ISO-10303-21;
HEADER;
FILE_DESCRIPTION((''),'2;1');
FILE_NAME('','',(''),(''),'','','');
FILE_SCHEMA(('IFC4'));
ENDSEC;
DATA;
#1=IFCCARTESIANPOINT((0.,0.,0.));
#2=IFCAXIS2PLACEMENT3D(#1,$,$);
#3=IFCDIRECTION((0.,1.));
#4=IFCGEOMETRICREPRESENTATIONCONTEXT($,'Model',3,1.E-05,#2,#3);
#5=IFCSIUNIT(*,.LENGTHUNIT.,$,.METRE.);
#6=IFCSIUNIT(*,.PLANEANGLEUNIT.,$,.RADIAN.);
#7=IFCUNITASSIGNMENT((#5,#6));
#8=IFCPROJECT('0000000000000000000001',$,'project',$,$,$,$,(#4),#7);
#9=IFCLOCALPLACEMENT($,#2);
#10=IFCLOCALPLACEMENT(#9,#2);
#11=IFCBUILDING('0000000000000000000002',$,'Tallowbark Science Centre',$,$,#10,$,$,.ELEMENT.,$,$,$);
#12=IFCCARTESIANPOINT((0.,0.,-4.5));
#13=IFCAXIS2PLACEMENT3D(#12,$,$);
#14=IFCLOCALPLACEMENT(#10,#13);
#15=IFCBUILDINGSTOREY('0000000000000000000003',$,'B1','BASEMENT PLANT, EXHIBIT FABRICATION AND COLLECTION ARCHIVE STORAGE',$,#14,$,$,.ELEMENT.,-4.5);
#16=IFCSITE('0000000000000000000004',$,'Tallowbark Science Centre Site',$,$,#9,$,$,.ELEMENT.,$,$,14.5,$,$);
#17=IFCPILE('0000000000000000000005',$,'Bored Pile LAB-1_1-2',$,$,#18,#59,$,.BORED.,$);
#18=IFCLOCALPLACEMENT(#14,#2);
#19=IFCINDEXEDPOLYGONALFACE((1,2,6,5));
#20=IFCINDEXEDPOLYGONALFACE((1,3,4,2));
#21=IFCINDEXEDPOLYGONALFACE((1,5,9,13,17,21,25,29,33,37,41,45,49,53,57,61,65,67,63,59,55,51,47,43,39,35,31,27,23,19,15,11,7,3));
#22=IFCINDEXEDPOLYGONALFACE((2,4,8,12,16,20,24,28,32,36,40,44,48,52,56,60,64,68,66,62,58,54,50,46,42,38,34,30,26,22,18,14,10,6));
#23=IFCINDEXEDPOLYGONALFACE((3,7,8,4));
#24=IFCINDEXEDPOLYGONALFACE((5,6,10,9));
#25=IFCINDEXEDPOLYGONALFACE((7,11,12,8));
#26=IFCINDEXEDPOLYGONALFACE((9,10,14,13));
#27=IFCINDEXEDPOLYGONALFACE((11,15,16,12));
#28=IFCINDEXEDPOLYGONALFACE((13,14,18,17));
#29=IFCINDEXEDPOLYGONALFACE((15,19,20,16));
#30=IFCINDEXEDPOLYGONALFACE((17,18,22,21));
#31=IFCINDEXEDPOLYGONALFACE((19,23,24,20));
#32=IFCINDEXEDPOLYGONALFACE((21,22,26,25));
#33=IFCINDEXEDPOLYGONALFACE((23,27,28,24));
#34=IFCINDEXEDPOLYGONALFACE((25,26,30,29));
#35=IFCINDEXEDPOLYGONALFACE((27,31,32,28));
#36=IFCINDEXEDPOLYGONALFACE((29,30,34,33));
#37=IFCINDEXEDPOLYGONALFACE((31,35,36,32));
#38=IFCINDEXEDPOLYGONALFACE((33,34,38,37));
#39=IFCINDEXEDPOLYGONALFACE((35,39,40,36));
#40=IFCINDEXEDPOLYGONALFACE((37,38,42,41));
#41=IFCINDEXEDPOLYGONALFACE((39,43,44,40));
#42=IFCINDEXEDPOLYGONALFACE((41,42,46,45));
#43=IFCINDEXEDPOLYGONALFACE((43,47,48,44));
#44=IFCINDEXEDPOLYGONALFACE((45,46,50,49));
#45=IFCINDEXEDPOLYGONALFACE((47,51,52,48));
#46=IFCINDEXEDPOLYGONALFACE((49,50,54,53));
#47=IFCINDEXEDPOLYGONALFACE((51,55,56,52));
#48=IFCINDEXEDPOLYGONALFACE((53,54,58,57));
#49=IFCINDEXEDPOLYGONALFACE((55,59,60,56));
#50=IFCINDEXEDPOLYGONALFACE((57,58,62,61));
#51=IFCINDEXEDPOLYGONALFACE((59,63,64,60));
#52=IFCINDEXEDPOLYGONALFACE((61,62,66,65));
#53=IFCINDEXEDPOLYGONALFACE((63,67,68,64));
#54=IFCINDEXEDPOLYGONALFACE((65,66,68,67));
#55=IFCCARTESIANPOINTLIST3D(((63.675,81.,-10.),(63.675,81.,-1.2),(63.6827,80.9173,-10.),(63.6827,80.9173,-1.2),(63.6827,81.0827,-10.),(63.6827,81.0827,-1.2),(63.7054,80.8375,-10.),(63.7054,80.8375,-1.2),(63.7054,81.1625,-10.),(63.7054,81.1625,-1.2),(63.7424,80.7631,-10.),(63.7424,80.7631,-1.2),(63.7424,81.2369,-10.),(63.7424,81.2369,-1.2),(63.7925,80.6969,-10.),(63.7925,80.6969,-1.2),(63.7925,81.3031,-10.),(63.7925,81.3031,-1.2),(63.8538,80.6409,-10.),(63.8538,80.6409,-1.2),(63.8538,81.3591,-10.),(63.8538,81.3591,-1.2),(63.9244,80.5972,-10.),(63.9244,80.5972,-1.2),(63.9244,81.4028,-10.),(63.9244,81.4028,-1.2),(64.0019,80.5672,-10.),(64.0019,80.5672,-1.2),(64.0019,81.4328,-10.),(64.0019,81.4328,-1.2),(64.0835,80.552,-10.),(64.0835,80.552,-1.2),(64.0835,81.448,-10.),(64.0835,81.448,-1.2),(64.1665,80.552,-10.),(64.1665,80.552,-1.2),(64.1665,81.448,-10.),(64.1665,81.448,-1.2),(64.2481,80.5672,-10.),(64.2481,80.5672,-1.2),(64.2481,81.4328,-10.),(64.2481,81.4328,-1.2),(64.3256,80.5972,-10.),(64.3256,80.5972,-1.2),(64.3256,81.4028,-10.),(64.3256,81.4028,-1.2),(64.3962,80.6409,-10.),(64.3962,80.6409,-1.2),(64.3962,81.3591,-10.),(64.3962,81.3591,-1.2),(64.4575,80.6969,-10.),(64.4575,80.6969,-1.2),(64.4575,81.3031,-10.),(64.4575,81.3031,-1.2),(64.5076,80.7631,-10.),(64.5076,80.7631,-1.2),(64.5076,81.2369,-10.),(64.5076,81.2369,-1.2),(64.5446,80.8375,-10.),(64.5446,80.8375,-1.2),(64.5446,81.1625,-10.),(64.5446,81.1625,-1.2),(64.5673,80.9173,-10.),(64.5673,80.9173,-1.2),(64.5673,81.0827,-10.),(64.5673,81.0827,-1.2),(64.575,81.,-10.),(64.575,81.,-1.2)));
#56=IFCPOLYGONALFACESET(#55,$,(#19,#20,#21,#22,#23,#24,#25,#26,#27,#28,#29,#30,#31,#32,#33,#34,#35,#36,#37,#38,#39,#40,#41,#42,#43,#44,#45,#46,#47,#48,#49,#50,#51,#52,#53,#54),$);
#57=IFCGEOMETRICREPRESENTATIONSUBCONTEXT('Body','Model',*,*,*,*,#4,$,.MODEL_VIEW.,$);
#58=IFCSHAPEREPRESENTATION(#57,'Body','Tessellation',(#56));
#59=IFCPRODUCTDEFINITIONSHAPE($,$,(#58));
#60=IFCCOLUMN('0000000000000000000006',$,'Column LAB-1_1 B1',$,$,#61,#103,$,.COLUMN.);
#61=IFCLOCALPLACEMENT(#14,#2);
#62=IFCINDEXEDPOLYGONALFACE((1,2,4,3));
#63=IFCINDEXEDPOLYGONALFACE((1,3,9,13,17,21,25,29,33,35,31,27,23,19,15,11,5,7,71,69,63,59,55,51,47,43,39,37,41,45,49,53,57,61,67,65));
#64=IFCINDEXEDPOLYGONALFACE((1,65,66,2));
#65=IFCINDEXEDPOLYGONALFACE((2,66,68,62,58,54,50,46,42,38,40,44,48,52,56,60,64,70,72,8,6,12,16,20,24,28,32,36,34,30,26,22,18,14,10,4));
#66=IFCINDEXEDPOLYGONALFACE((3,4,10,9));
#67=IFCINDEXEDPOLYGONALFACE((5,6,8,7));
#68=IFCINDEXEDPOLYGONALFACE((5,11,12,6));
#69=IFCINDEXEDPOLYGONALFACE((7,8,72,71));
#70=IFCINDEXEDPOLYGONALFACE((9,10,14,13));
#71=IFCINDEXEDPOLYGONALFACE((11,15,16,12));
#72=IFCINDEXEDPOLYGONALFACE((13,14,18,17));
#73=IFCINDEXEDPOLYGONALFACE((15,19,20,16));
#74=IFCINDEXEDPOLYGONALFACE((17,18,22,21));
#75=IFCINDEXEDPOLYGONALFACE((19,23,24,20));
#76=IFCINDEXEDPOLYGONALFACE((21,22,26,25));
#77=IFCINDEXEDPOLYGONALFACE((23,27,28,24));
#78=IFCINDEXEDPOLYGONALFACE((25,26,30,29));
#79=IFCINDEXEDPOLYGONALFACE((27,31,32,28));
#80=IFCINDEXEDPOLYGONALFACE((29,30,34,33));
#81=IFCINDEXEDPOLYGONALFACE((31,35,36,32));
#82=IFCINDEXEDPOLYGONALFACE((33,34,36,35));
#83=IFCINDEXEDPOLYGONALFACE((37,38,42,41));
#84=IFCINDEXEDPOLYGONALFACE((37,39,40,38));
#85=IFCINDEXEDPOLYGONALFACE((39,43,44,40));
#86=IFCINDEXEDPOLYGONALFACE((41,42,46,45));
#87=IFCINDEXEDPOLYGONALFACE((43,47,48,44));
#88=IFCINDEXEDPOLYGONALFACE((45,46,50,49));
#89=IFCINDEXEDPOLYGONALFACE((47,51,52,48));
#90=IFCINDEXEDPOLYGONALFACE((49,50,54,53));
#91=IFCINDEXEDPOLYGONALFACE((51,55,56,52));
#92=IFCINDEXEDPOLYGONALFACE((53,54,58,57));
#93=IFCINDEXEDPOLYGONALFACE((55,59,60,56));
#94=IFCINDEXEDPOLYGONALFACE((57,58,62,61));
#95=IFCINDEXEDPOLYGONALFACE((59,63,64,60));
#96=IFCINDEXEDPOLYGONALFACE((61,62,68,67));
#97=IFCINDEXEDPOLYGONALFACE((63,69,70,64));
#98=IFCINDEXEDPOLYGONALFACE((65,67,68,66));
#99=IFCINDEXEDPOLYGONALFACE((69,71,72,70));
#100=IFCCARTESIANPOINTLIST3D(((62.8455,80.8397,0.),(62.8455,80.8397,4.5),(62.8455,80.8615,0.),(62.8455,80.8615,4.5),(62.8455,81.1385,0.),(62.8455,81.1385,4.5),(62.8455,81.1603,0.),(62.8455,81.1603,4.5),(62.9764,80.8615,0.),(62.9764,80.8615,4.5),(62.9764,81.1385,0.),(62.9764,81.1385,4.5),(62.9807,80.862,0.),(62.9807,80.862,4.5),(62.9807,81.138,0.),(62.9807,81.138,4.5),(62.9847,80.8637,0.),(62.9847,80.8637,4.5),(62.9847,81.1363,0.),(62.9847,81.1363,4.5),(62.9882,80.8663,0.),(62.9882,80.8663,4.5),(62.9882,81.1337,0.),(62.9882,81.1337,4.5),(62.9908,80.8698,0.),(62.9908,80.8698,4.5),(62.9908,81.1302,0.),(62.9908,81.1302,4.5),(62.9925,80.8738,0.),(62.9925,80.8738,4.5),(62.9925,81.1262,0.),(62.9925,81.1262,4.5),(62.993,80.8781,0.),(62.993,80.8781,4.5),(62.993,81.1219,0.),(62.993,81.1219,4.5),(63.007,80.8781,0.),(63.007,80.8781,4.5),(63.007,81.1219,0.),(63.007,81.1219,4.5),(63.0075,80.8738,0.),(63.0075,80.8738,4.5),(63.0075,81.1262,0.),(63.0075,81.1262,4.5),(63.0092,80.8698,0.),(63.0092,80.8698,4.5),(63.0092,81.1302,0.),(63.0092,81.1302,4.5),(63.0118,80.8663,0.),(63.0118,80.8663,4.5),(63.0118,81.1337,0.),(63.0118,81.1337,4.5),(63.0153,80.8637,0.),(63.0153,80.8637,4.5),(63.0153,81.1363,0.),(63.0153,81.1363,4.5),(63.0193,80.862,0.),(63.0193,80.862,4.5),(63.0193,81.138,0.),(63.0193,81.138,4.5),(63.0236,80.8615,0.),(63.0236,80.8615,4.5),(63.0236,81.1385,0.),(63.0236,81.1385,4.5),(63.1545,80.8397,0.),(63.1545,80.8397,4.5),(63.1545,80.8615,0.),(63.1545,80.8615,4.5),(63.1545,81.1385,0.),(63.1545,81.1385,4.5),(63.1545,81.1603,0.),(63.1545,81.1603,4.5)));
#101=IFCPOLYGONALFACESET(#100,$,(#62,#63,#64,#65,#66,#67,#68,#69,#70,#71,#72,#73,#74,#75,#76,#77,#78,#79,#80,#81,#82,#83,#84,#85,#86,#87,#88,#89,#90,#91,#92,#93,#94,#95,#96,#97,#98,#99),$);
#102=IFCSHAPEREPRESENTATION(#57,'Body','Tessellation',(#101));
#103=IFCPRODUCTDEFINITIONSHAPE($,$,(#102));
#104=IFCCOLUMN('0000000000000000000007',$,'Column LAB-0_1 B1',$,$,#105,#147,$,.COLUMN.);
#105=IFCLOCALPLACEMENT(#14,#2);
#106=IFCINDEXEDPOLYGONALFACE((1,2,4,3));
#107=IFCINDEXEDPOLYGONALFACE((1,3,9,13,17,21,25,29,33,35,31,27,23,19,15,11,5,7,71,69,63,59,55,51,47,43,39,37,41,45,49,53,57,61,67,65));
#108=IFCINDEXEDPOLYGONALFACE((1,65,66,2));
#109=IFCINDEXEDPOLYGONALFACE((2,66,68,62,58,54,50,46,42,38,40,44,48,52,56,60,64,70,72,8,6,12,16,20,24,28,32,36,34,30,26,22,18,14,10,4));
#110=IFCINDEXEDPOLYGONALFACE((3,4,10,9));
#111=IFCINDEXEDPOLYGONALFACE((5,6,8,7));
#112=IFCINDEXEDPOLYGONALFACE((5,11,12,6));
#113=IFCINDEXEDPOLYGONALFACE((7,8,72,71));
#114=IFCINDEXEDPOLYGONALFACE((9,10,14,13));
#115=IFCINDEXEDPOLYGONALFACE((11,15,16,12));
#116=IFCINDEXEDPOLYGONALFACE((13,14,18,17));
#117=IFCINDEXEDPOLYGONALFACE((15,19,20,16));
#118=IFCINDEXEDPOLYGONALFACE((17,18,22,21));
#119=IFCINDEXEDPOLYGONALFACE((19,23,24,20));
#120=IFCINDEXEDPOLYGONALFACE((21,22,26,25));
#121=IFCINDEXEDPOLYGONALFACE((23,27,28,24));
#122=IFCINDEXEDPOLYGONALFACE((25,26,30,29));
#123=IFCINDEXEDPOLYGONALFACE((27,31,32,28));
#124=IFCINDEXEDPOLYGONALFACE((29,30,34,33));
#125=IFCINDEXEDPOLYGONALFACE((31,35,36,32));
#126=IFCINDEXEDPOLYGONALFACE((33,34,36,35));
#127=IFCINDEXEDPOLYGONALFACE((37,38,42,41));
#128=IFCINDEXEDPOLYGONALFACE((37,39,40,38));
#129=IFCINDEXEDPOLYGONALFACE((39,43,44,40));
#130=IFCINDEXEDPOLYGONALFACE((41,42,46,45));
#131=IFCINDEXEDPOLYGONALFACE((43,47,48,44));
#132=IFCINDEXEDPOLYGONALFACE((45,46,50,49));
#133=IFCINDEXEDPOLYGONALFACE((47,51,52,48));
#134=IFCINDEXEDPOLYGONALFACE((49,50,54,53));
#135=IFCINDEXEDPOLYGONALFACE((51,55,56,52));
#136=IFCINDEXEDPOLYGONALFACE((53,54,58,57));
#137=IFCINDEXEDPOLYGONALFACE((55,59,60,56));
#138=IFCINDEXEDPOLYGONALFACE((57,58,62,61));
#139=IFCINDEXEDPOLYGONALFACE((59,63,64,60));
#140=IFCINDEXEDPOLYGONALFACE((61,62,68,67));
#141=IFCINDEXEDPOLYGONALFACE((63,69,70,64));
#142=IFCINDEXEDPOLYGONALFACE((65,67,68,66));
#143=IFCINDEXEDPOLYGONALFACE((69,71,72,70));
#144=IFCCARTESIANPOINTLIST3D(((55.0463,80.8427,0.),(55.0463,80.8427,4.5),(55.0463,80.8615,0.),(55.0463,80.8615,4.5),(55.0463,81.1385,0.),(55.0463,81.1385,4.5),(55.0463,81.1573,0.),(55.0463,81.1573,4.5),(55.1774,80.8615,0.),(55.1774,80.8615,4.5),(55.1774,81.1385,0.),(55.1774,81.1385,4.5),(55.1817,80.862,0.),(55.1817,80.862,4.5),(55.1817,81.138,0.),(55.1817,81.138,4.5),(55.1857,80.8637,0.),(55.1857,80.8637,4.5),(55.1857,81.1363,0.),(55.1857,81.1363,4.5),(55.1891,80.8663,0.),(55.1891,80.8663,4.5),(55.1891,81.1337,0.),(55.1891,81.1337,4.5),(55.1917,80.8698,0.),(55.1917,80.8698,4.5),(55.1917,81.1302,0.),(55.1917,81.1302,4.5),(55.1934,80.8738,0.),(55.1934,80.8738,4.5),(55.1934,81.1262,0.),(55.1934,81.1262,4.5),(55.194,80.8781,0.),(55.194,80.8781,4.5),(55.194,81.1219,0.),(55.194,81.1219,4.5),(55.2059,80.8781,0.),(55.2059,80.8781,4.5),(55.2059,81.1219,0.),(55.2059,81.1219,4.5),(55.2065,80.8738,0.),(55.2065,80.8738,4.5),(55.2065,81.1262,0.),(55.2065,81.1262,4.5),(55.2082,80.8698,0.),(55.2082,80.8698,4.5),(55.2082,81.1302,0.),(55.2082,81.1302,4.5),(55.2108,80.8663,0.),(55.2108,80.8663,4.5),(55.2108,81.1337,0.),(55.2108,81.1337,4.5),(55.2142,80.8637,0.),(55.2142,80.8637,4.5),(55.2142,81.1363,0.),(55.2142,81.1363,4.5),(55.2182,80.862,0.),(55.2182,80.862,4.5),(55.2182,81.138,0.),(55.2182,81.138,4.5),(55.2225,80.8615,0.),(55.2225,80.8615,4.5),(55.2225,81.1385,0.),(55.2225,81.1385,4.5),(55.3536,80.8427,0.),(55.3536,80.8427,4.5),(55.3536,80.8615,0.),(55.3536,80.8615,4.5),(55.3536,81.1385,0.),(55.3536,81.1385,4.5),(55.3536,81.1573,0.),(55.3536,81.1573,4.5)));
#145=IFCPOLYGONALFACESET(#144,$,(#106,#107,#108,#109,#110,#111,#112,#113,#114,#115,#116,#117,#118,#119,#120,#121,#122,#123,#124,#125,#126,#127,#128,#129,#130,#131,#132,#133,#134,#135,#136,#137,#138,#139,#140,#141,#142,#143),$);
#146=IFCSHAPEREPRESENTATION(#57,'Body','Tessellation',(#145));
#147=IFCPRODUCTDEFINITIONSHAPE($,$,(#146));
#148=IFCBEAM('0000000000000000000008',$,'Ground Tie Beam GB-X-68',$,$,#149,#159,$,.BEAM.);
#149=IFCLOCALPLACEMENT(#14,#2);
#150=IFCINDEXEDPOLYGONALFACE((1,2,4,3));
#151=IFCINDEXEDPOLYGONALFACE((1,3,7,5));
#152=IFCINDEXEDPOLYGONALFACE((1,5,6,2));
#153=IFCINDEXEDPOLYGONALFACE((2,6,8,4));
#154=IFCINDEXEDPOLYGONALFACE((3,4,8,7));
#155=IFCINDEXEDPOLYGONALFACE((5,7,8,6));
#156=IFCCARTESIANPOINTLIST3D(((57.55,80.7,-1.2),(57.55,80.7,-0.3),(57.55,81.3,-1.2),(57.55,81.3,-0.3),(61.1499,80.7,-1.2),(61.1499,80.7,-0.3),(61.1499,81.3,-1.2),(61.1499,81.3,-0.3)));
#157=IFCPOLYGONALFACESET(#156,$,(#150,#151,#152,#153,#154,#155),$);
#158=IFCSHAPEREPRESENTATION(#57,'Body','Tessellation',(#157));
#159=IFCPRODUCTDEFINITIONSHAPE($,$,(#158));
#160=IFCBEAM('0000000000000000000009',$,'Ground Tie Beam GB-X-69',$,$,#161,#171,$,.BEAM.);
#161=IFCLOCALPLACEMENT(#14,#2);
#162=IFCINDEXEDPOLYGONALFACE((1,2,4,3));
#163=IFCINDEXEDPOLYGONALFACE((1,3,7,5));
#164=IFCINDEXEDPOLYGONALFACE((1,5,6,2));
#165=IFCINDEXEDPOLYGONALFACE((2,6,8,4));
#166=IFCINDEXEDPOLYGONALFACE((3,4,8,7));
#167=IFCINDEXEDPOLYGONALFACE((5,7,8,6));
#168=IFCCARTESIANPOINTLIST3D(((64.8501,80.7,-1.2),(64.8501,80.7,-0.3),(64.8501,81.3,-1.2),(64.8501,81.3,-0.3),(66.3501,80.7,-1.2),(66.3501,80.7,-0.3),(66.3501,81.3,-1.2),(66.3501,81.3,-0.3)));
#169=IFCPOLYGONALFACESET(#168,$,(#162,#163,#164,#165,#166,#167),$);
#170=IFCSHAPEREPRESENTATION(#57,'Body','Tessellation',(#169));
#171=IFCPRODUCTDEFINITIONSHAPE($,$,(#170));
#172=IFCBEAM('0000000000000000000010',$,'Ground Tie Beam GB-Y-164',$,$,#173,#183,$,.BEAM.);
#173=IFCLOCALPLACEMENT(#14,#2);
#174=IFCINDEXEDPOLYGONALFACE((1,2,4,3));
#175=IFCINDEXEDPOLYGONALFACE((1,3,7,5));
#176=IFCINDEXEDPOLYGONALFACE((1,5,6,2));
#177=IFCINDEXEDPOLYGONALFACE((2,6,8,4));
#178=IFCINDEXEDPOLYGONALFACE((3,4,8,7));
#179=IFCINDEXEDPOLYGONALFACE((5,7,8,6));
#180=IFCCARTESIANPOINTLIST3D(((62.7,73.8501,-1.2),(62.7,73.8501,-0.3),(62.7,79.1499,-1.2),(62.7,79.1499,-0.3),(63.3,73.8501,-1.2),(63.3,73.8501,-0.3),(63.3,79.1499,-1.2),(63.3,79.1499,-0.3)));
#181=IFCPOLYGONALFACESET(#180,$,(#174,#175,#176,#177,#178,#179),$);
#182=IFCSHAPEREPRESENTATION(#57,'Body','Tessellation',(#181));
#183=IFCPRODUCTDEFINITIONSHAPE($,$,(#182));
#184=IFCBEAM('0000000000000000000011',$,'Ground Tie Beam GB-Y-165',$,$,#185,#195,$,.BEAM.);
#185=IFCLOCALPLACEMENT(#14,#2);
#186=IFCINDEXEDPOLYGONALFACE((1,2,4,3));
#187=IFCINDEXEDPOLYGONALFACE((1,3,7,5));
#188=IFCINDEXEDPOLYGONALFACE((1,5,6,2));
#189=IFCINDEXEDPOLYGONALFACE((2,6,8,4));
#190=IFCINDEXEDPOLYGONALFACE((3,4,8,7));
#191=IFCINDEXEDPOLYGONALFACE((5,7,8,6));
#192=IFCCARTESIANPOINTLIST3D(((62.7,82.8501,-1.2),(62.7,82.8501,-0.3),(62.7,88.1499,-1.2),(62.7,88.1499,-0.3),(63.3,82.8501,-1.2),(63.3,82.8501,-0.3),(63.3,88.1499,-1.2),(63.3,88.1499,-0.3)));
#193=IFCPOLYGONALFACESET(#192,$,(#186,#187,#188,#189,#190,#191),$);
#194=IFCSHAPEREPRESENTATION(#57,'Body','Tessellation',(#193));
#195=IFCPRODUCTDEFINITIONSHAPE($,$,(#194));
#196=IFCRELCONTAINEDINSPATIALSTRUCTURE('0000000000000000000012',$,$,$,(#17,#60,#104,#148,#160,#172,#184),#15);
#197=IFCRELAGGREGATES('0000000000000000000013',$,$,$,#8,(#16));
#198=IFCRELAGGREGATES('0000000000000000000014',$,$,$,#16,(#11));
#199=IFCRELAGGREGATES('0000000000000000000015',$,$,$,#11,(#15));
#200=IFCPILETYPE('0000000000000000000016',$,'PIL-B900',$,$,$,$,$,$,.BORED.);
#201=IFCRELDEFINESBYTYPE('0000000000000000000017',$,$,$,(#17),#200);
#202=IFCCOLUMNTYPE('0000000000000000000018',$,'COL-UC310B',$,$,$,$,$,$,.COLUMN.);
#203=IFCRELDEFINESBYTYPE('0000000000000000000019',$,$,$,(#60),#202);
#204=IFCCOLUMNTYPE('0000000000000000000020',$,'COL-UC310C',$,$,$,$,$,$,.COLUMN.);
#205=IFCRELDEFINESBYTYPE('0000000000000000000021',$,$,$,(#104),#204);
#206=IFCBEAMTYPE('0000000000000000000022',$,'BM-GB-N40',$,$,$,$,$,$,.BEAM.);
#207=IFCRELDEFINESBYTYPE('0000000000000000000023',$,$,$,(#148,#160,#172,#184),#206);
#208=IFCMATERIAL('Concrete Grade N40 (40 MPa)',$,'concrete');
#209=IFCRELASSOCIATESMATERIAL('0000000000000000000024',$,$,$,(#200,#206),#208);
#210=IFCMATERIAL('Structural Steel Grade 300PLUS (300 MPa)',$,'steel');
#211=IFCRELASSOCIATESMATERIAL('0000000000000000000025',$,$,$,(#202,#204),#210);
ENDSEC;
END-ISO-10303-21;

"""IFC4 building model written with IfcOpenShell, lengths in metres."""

from ifc_helpers import new_model, si_unit, direction, frame, origin, origin_2d, place, context, subcontext, project, spatial, rectangle, circle, i_section, extrude, material, material_profile, profile_set, type_object, element, save


model = new_model("IFC4")

# Units and contexts
model_context = context("Model", 3, precision=1e-05, world=origin(), true_north=direction((0.0, 1.0)))
body_context = subcontext(model_context, "Body", "Model", "MODEL_VIEW")
ifc_project = project(units=[si_unit("LENGTHUNIT", "METRE"), si_unit("PLANEANGLEUNIT", "RADIAN")], contexts=[model_context])

# Site, building, storey
site_placement = place(None, origin())
site = spatial("IfcSite", under=ifc_project, at=site_placement, Name="Tallowbark Science Centre Site", CompositionType="ELEMENT", RefElevation=14.5)
building_placement = place(site_placement, origin())
building = spatial("IfcBuilding", under=site, at=building_placement, Name="Tallowbark Science Centre", CompositionType="ELEMENT")
storey_placement = place(building_placement, frame((0.0, 0.0, -4.5)))
storey = spatial("IfcBuildingStorey", under=building, at=storey_placement, Name="B1", Description="BASEMENT PLANT, EXHIBIT FABRICATION AND COLLECTION ARCHIVE STORAGE", CompositionType="ELEMENT", Elevation=-4.5)

# Shared definitions
ifc_material_1 = material(Name="Concrete Grade N40 (40 MPa)", Category="concrete")

# Pile
ifc_material_profile_1 = material_profile(ifc_material_1, circle(Radius=0.45, at=origin_2d()), Name="PILE900")
ifc_profile_set_1 = profile_set([ifc_material_profile_1], Name="Concrete Grade N40 (40 MPa)")
pile_type_1 = type_object("IfcPileType", Name="PIL-B900", PredefinedType="BORED", material=ifc_profile_set_1)
for number, where, z_axis, x_axis, name in (
    (1, (64.125, 81.0, -1.2), (0.0, 0.0, -1.0), (1.0, 0.0, 0.0), "Bored Pile LAB-1_1-2"),
):
    element("IfcPile", number, at=place(storey_placement, frame(where, z_axis=z_axis, x_axis=x_axis)), inside=storey, type_object=pile_type_1, Name=name, PredefinedType="BORED", context=body_context, shape_type="SweptSolid", body=[
        extrude(circle(Radius=0.45, at=origin_2d()), origin(), (0.0, 0.0, 1.0), 8.8),
    ])

# Columns
ifc_material_2 = material(Name="Structural Steel Grade 300PLUS (300 MPa)", Category="steel")
ifc_material_profile_2 = material_profile(ifc_material_2, i_section(OverallWidth=0.3091, OverallDepth=0.3206, WebThickness=0.0139, FlangeThickness=0.0217, FilletRadius=0.0166, at=origin_2d()), Name="310UC137")
ifc_profile_set_2 = profile_set([ifc_material_profile_2], Name="Structural Steel Grade 300PLUS (300 MPa)")
column_type_1 = type_object("IfcColumnType", Name="COL-UC310B", PredefinedType="COLUMN", material=ifc_profile_set_2)
column_1_placement = place(storey_placement, frame((63.0, 81.0, 0.0), z_axis=(0.0, 0.0, 1.0), x_axis=(1.0, 0.0, 0.0)))
element("IfcColumn", 2, at=column_1_placement, inside=storey, type_object=column_type_1, Name="Column LAB-1_1 B1", PredefinedType="COLUMN", context=body_context, shape_type="SweptSolid", body=[
    extrude(i_section(OverallWidth=0.3091, OverallDepth=0.3206, WebThickness=0.0139, FlangeThickness=0.0217, FilletRadius=0.0166, at=origin_2d()), origin(), (0.0, 0.0, 1.0), 4.5),
])
ifc_material_profile_3 = material_profile(ifc_material_2, i_section(OverallWidth=0.3074, OverallDepth=0.3147, WebThickness=0.012, FlangeThickness=0.0188, FilletRadius=0.0166, at=origin_2d()), Name="310UC118")
ifc_profile_set_3 = profile_set([ifc_material_profile_3], Name="Structural Steel Grade 300PLUS (300 MPa)")
column_type_2 = type_object("IfcColumnType", Name="COL-UC310C", PredefinedType="COLUMN", material=ifc_profile_set_3)
column_2_placement = place(storey_placement, frame((55.2, 81.0, 0.0), z_axis=(0.0, 0.0, 1.0), x_axis=(1.0, 0.0, 0.0)))
element("IfcColumn", 3, at=column_2_placement, inside=storey, type_object=column_type_2, Name="Column LAB-0_1 B1", PredefinedType="COLUMN", context=body_context, shape_type="SweptSolid", body=[
    extrude(i_section(OverallWidth=0.3074, OverallDepth=0.3147, WebThickness=0.012, FlangeThickness=0.0188, FilletRadius=0.0166, at=origin_2d()), origin(), (0.0, 0.0, 1.0), 4.5),
])

# Beams
ifc_material_profile_4 = material_profile(ifc_material_1, rectangle(XDim=0.6001, YDim=0.8999, at=origin_2d()), Name="RC600x900")
ifc_profile_set_4 = profile_set([ifc_material_profile_4], Name="Concrete Grade N40 (40 MPa)")
beam_type = type_object("IfcBeamType", Name="BM-GB-N40", PredefinedType="BEAM", material=ifc_profile_set_4)
beam_1_placement = place(storey_placement, frame((57.55, 81.0, -0.75), z_axis=(1.0, 0.0, 0.0), x_axis=(0.0, 1.0, 0.0)))
element("IfcBeam", 4, at=beam_1_placement, inside=storey, type_object=beam_type, Name="Ground Tie Beam GB-X-68", PredefinedType="BEAM", context=body_context, shape_type="SweptSolid", body=[
    extrude(rectangle(XDim=0.6001, YDim=0.8999, at=origin_2d()), origin(), (0.0, 0.0, 1.0), 3.5999),
])
beam_2_placement = place(storey_placement, frame((64.8501, 81.0, -0.75), z_axis=(1.0, 0.0, 0.0), x_axis=(0.0, 1.0, 0.0)))
element("IfcBeam", 5, at=beam_2_placement, inside=storey, type_object=beam_type, Name="Ground Tie Beam GB-X-69", PredefinedType="BEAM", context=body_context, shape_type="SweptSolid", body=[
    extrude(rectangle(XDim=0.6001, YDim=0.8999, at=origin_2d()), origin(), (0.0, 0.0, 1.0), 1.5),
])
for number, where, z_axis, x_axis, name in (
    (6, (63.0, 73.8501, -0.75), (0.0, 1.0, 0.0), (-1.0, 0.0, 0.0), "Ground Tie Beam GB-Y-164"),
    (7, (63.0, 82.8501, -0.75), (0.0, 1.0, 0.0), (-1.0, 0.0, 0.0), "Ground Tie Beam GB-Y-165"),
):
    element("IfcBeam", number, at=place(storey_placement, frame(where, z_axis=z_axis, x_axis=x_axis)), inside=storey, type_object=beam_type, Name=name, PredefinedType="BEAM", context=body_context, shape_type="SweptSolid", body=[
        extrude(rectangle(XDim=0.6001, YDim=0.8999, at=origin_2d()), origin(), (0.0, 0.0, 1.0), 5.2998),
    ])

save(model, "model.ifc")
